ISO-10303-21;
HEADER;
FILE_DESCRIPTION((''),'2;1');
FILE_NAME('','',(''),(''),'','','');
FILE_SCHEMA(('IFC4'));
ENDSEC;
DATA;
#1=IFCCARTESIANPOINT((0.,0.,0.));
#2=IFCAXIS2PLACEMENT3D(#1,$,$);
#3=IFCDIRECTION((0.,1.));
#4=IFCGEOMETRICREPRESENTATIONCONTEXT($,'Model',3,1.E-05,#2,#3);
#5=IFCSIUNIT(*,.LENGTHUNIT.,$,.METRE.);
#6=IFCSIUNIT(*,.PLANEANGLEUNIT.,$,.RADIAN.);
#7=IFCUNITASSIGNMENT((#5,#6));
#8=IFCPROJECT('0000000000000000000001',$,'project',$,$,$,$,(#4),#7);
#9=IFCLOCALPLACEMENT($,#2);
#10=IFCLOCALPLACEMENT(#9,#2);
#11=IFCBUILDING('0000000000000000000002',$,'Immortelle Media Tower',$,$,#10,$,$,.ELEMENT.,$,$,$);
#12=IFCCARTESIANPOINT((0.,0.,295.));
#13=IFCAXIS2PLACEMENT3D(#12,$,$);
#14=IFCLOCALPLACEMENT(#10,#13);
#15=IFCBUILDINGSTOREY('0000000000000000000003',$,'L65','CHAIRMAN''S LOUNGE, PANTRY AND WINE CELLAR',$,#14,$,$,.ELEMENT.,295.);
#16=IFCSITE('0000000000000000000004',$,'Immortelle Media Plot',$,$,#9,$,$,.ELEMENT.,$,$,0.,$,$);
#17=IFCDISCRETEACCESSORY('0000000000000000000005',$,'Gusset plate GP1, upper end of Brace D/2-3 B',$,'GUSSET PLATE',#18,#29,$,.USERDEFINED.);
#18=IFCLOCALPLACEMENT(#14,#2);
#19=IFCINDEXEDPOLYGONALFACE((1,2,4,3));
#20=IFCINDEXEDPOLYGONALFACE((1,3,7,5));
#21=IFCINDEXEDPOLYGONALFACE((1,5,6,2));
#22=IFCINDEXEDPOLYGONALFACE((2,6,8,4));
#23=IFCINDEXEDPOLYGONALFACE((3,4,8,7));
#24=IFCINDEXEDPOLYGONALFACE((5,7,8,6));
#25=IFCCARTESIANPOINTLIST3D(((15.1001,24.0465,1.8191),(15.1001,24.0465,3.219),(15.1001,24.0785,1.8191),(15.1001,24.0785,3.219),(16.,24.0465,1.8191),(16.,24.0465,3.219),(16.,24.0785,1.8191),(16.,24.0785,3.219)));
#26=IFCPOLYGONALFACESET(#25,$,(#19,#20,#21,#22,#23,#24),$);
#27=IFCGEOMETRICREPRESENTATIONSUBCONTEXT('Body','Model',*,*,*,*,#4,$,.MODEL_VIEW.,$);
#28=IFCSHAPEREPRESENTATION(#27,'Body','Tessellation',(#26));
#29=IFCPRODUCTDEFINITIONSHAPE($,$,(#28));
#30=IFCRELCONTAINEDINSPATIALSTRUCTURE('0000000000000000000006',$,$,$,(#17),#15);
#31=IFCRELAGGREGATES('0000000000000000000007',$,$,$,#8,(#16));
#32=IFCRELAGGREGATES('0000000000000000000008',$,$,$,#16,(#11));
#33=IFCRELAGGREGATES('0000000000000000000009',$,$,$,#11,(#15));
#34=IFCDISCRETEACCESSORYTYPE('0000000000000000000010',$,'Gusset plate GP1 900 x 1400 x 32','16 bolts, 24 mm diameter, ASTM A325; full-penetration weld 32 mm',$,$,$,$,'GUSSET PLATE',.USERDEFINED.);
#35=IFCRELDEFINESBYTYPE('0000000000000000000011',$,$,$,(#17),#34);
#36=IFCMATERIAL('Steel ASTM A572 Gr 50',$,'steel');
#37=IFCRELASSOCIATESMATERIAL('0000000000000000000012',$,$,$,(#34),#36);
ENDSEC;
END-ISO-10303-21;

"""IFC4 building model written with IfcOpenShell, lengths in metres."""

from ifc_helpers import new_model, si_unit, direction, frame, origin, origin_2d, place, context, subcontext, project, spatial, rectangle, extrude, material, material_profile, profile_set, type_object, element, save


model = new_model("IFC4")

# Units and contexts
model_context = context("Model", 3, precision=1e-05, world=origin(), true_north=direction((0.0, 1.0)))
body_context = subcontext(model_context, "Body", "Model", "MODEL_VIEW")
ifc_project = project(units=[si_unit("LENGTHUNIT", "METRE"), si_unit("PLANEANGLEUNIT", "RADIAN")], contexts=[model_context])

# Site, building, storey
site_placement = place(None, origin())
site = spatial("IfcSite", under=ifc_project, at=site_placement, Name="Immortelle Media Plot", CompositionType="ELEMENT", RefElevation=0.0)
building_placement = place(site_placement, origin())
building = spatial("IfcBuilding", under=site, at=building_placement, Name="Immortelle Media Tower", CompositionType="ELEMENT")
storey_placement = place(building_placement, frame((0.0, 0.0, 295.0)))
storey = spatial("IfcBuildingStorey", under=building, at=storey_placement, Name="L65", Description="CHAIRMAN'S LOUNGE, PANTRY AND WINE CELLAR", CompositionType="ELEMENT", Elevation=295.0)

# Discrete accessory
ifc_material_1 = material(Name="Steel ASTM A572 Gr 50", Category="steel")
ifc_material_profile_1 = material_profile(ifc_material_1, rectangle(XDim=0.032, YDim=1.3999, at=origin_2d()), Name="PL 32 x 1400")
ifc_profile_set_1 = profile_set([ifc_material_profile_1], Name="Steel ASTM A572 Gr 50")
discrete_accessory_type_1 = type_object("IfcDiscreteAccessoryType", Name="Gusset plate GP1 900 x 1400 x 32", Description="16 bolts, 24 mm diameter, ASTM A325; full-penetration weld 32 mm", ElementType="GUSSET PLATE", PredefinedType="USERDEFINED", material=ifc_profile_set_1)
for number, where, z_axis, x_axis, name in (
    (1, (16.0, 24.0625, 2.519), (-1.0, 0.0, 0.0), (0.0, -1.0, 0.0), "Gusset plate GP1, upper end of Brace D/2-3 B"),
):
    element("IfcDiscreteAccessory", number, at=place(storey_placement, frame(where, z_axis=z_axis, x_axis=x_axis)), inside=storey, type_object=discrete_accessory_type_1, Name=name, ObjectType="GUSSET PLATE", PredefinedType="USERDEFINED", context=body_context, shape_type="SweptSolid", body=[
        extrude(rectangle(XDim=0.032, YDim=1.3999, at=origin_2d()), origin(), (0.0, 0.0, 1.0), 0.8999),
    ])

save(model, "model.ifc")
